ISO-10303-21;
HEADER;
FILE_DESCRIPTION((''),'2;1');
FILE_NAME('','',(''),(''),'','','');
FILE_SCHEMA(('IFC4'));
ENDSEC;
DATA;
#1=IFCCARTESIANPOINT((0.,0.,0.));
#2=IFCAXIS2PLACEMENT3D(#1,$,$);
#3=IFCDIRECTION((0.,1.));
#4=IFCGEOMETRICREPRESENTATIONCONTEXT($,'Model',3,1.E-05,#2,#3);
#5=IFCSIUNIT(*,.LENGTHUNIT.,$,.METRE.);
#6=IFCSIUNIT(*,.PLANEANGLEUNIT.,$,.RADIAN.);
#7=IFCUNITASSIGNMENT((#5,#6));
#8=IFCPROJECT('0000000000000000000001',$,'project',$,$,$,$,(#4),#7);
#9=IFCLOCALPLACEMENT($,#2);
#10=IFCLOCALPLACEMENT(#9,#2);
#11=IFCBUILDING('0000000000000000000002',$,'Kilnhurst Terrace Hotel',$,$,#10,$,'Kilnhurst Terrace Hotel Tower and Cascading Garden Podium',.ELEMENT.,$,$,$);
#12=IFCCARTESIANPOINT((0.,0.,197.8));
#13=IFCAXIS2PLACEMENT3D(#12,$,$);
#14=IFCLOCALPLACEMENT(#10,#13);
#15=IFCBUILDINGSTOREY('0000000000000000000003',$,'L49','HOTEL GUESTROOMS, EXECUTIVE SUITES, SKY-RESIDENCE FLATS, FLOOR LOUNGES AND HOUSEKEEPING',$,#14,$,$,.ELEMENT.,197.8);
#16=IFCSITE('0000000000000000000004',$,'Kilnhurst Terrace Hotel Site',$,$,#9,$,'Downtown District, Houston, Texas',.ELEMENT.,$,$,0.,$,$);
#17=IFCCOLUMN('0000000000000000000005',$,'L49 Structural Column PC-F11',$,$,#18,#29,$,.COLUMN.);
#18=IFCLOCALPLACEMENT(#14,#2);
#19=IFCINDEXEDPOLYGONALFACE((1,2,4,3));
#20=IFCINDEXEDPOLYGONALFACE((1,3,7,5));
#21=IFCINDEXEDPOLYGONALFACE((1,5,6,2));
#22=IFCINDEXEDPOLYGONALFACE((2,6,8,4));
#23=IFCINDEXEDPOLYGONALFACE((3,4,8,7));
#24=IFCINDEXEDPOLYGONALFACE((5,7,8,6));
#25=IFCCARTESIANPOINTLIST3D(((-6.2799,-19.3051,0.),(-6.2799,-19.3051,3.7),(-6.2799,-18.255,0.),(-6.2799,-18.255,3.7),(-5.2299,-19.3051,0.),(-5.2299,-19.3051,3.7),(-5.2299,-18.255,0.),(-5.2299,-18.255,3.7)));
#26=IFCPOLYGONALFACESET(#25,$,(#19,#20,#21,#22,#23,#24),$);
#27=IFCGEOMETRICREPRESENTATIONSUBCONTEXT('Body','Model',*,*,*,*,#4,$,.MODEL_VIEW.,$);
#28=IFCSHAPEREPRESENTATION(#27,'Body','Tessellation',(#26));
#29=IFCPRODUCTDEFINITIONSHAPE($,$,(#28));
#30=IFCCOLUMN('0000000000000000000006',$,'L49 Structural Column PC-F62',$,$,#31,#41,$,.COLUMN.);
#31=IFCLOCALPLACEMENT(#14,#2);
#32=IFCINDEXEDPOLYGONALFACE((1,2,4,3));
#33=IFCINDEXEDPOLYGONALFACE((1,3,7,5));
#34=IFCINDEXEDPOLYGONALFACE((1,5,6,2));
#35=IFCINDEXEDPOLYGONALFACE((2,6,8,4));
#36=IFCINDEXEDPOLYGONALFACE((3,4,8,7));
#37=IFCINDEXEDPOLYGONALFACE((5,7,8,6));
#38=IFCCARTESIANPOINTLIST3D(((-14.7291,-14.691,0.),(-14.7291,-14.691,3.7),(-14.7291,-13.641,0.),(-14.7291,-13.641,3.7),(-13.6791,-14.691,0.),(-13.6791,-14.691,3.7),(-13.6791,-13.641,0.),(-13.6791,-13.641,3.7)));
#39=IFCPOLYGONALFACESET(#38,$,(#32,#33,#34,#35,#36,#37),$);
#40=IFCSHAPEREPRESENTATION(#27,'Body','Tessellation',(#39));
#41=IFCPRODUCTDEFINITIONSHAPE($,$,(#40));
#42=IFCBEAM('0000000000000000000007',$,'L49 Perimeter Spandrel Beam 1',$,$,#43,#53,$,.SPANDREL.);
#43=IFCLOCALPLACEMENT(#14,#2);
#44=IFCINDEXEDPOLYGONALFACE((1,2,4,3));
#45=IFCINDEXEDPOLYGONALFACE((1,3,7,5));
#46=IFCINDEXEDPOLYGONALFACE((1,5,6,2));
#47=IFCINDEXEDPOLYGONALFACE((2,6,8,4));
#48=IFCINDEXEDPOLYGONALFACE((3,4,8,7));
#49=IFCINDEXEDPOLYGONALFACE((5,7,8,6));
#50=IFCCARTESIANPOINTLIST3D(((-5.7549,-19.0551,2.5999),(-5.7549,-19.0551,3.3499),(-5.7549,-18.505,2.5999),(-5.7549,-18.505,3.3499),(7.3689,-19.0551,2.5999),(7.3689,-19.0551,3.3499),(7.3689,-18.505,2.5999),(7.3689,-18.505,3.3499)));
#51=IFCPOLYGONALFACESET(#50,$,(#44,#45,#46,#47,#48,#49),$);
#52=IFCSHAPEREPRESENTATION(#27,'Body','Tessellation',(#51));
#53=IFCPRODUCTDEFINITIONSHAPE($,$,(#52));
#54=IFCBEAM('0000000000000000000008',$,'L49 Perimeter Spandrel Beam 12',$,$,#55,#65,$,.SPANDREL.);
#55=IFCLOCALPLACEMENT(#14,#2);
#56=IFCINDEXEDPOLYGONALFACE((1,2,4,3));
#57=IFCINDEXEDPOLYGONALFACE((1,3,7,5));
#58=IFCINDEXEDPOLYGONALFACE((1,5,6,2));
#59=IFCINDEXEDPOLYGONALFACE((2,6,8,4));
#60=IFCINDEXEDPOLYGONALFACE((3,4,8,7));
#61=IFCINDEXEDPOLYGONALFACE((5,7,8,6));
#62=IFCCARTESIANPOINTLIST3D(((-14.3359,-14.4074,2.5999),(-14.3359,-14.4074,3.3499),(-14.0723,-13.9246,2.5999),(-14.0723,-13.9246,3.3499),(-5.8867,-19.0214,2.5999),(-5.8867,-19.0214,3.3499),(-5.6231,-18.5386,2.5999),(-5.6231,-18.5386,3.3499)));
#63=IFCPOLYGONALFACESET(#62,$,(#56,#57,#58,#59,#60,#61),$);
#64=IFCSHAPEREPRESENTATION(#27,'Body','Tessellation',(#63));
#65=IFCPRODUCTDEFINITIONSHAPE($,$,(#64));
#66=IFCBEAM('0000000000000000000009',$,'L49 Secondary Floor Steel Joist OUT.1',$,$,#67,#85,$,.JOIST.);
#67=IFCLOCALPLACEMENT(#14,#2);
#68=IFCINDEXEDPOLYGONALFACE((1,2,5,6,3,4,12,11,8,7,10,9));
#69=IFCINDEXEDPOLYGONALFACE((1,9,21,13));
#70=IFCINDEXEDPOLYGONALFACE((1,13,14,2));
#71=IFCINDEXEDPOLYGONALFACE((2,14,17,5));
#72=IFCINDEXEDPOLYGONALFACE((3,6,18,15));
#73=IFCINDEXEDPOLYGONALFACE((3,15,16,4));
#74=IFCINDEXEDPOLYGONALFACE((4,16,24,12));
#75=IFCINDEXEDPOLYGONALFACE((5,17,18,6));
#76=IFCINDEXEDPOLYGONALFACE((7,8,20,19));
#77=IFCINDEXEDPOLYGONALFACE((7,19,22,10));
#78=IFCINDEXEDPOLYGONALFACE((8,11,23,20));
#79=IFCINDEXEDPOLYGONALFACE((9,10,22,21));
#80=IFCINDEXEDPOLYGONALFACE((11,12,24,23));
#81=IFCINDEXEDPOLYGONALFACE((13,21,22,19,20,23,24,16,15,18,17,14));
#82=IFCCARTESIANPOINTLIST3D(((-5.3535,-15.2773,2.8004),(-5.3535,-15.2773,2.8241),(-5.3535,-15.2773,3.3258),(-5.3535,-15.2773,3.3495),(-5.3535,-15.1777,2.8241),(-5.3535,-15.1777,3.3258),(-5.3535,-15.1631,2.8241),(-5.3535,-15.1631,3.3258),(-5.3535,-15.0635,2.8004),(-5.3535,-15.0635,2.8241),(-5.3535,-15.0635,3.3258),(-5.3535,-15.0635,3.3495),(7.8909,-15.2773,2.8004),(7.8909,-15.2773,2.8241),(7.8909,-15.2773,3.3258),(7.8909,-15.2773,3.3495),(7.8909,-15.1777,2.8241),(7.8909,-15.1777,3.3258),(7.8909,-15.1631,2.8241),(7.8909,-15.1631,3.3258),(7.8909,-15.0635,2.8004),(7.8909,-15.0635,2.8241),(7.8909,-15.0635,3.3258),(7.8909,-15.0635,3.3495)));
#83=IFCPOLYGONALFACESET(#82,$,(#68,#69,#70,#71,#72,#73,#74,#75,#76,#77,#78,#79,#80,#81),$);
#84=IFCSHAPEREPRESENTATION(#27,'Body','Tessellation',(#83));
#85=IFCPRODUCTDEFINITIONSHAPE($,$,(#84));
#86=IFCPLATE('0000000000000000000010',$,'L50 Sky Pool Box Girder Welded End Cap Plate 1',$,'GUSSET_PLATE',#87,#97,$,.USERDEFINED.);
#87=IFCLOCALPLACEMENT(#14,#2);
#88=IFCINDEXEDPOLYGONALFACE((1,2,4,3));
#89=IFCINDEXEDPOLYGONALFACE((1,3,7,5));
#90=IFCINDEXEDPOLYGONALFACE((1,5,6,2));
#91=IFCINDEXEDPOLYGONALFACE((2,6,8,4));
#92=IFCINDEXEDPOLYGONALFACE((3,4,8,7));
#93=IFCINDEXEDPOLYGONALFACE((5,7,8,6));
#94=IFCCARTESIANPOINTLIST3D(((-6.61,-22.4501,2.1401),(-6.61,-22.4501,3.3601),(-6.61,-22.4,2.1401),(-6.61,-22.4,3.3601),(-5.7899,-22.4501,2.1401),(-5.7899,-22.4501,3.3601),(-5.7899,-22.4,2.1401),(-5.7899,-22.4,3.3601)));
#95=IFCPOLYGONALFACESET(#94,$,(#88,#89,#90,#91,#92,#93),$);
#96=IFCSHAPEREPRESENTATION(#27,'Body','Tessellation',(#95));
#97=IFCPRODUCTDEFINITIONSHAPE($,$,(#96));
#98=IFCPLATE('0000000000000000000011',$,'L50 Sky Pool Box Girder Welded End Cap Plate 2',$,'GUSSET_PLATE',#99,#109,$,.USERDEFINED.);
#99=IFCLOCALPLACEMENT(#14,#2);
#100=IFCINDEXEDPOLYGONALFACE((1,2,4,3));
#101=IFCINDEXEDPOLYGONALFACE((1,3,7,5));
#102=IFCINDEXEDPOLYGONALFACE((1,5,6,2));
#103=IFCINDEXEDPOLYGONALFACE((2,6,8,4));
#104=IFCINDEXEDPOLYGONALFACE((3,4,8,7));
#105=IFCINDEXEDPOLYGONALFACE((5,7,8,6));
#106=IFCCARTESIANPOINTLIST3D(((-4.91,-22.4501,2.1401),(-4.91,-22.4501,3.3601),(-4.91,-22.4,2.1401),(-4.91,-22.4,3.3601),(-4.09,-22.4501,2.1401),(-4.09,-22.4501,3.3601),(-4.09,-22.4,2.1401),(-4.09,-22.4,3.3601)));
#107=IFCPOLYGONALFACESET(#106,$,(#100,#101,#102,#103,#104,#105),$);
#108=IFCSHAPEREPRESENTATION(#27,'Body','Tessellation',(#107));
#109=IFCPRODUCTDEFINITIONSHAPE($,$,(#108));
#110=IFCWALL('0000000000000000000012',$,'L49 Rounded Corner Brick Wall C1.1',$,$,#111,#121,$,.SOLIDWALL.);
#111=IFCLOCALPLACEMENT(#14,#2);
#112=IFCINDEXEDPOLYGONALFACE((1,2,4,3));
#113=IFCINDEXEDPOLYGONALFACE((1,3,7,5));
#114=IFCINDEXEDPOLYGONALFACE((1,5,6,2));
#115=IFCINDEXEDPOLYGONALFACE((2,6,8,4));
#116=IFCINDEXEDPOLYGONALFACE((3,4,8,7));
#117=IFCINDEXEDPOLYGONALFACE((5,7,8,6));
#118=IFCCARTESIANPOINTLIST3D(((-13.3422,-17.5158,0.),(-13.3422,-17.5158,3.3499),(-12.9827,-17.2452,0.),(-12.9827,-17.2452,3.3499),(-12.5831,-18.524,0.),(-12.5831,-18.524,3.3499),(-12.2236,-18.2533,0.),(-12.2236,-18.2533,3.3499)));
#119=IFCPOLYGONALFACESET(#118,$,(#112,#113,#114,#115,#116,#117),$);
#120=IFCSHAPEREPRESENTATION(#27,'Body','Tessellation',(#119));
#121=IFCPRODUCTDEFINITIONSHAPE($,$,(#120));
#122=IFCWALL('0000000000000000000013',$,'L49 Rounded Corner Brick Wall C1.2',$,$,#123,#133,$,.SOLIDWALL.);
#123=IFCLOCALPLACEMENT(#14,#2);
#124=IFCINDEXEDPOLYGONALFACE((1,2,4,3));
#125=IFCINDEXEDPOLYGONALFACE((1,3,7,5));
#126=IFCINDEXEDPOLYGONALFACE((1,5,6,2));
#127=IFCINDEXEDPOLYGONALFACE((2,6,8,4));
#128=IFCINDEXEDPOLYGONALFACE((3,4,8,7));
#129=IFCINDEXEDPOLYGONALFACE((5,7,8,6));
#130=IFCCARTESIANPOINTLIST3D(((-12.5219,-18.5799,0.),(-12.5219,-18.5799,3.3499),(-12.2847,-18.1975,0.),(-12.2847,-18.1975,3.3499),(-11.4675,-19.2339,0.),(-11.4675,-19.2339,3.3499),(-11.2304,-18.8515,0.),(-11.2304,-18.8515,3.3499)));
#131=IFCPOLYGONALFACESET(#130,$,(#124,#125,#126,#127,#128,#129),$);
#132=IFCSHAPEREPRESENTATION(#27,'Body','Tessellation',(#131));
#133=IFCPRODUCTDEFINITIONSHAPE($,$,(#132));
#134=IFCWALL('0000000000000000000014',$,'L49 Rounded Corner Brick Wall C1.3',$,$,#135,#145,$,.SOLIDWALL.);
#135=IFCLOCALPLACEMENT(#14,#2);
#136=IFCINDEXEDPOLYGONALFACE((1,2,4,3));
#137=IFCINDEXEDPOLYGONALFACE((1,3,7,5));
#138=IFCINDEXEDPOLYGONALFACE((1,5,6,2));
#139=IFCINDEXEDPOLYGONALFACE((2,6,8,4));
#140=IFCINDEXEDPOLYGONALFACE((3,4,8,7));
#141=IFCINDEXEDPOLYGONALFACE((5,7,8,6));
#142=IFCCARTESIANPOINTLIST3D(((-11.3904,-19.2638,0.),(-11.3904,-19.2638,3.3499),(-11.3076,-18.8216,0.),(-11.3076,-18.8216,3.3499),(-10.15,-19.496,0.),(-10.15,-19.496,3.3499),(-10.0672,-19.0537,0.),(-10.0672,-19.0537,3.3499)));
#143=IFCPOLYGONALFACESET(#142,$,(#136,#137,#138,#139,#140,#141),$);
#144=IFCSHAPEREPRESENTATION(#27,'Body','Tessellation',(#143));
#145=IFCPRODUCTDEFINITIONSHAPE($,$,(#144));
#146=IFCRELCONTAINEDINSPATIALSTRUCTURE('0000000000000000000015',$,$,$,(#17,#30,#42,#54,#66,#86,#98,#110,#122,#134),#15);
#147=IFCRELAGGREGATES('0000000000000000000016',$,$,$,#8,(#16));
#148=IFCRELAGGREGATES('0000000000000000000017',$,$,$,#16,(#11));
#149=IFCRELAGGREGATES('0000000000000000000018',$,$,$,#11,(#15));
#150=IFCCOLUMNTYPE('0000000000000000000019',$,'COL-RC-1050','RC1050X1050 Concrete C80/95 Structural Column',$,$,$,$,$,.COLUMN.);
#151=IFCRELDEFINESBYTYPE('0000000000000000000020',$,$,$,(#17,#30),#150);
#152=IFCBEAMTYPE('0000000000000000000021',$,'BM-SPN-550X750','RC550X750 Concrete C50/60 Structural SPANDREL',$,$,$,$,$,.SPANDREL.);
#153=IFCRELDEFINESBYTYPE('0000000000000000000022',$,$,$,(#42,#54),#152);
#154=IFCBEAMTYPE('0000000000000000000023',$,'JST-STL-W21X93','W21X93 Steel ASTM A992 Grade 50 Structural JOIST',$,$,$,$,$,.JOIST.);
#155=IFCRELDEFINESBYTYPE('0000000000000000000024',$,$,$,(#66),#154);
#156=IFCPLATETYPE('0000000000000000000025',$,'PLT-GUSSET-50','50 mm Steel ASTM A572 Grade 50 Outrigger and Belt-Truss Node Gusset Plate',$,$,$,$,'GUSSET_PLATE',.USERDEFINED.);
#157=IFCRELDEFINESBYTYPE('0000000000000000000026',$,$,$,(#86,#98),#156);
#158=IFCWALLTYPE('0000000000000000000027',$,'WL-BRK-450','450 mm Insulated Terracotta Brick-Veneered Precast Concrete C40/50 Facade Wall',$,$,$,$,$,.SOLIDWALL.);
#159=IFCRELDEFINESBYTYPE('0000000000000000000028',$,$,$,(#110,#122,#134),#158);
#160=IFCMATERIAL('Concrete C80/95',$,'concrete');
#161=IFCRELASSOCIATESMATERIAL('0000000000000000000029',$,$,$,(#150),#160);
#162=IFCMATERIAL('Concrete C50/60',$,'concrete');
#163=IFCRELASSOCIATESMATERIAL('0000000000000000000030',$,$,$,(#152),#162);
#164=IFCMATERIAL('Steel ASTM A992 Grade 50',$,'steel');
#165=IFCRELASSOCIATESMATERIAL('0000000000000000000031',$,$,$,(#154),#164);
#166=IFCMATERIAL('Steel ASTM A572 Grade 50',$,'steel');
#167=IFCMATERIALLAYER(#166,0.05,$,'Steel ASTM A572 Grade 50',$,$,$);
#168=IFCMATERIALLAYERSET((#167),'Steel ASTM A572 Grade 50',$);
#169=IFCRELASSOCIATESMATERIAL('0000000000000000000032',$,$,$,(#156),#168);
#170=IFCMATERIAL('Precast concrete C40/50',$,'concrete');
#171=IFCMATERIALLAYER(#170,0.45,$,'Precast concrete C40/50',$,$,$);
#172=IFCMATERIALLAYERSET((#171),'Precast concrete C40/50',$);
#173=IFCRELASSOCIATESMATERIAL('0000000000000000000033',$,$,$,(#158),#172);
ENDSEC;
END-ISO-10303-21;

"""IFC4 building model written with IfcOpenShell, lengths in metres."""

from ifc_helpers import new_model, si_unit, direction, frame, frame_2d, origin, origin_2d, place, context, subcontext, project, spatial, rectangle, i_section, extrude, material, layer, layer_set, material_profile, profile_set, type_object, element, save


model = new_model("IFC4")

# Units and contexts
model_context = context("Model", 3, precision=1e-05, world=origin(), true_north=direction((0.0, 1.0)))
body_context = subcontext(model_context, "Body", "Model", "MODEL_VIEW")
ifc_project = project(units=[si_unit("LENGTHUNIT", "METRE"), si_unit("PLANEANGLEUNIT", "RADIAN")], contexts=[model_context])

# Site, building, storey
site_placement = place(None, origin())
site = spatial("IfcSite", under=ifc_project, at=site_placement, Name="Kilnhurst Terrace Hotel Site", LongName="Downtown District, Houston, Texas", CompositionType="ELEMENT", RefElevation=0.0)
building_placement = place(site_placement, origin())
building = spatial("IfcBuilding", under=site, at=building_placement, Name="Kilnhurst Terrace Hotel", LongName="Kilnhurst Terrace Hotel Tower and Cascading Garden Podium", CompositionType="ELEMENT")
storey_placement = place(building_placement, frame((0.0, 0.0, 197.8)))
storey = spatial("IfcBuildingStorey", under=building, at=storey_placement, Name="L49", Description="HOTEL GUESTROOMS, EXECUTIVE SUITES, SKY-RESIDENCE FLATS, FLOOR LOUNGES AND HOUSEKEEPING", CompositionType="ELEMENT", Elevation=197.8)

# Columns
ifc_material_1 = material(Name="Concrete C80/95", Category="concrete")
ifc_material_profile_1 = material_profile(ifc_material_1, rectangle(XDim=1.05, YDim=1.05, at=origin_2d()), Name="RC1050X1050")
ifc_profile_set_1 = profile_set([ifc_material_profile_1], Name="Concrete C80/95")
column_type = type_object("IfcColumnType", Name="COL-RC-1050", Description="RC1050X1050 Concrete C80/95 Structural Column", PredefinedType="COLUMN", material=ifc_profile_set_1)
for number, where, z_axis, x_axis, name in (
    (1, (-5.7549, -18.78, 0.0), (0.0, 0.0, 1.0), (1.0, 0.0, 0.0), "L49 Structural Column PC-F11"),
    (2, (-14.2041, -14.166, 0.0), (0.0, 0.0, 1.0), (1.0, 0.0, 0.0), "L49 Structural Column PC-F62"),
):
    element("IfcColumn", number, at=place(storey_placement, frame(where, z_axis=z_axis, x_axis=x_axis)), inside=storey, type_object=column_type, Name=name, PredefinedType="COLUMN", context=body_context, shape_type="SweptSolid", body=[
        extrude(rectangle(XDim=1.05, YDim=1.05, at=origin_2d()), origin(), (0.0, 0.0, 1.0), 3.7),
    ])

# Beams
ifc_material_2 = material(Name="Concrete C50/60", Category="concrete")
ifc_material_profile_2 = material_profile(ifc_material_2, rectangle(XDim=0.55, YDim=0.75, at=origin_2d()), Name="RC550X750")
ifc_profile_set_2 = profile_set([ifc_material_profile_2], Name="Concrete C50/60")
beam_type_1 = type_object("IfcBeamType", Name="BM-SPN-550X750", Description="RC550X750 Concrete C50/60 Structural SPANDREL", PredefinedType="SPANDREL", material=ifc_profile_set_2)
beam_1_placement = place(storey_placement, frame((-5.7549, -18.78, 2.9749), z_axis=(1.0, 0.0, 0.0), x_axis=(0.0, 1.0, 0.0)))
element("IfcBeam", 3, at=beam_1_placement, inside=storey, type_object=beam_type_1, Name="L49 Perimeter Spandrel Beam 1", PredefinedType="SPANDREL", context=body_context, shape_type="SweptSolid", body=[
    extrude(rectangle(XDim=0.55, YDim=0.75, at=origin_2d()), origin(), (0.0, 0.0, 1.0), 13.1238),
])
beam_2_placement = place(storey_placement, frame((-14.2041, -14.166, 2.9749), z_axis=(0.877662, -0.47928, 0.0), x_axis=(0.47928, 0.877662, 0.0)))
element("IfcBeam", 4, at=beam_2_placement, inside=storey, type_object=beam_type_1, Name="L49 Perimeter Spandrel Beam 12", PredefinedType="SPANDREL", context=body_context, shape_type="SweptSolid", body=[
    extrude(rectangle(XDim=0.55, YDim=0.75, at=origin_2d()), origin(), (0.0, 0.0, 1.0), 9.627),
])
ifc_material_3 = material(Name="Steel ASTM A992 Grade 50", Category="steel")
ifc_material_profile_3 = material_profile(ifc_material_3, i_section(OverallWidth=0.2139, OverallDepth=0.5491, WebThickness=0.0146, FlangeThickness=0.0237, at=origin_2d()), Name="W21X93")
ifc_profile_set_3 = profile_set([ifc_material_profile_3], Name="Steel ASTM A992 Grade 50")
beam_type_2 = type_object("IfcBeamType", Name="JST-STL-W21X93", Description="W21X93 Steel ASTM A992 Grade 50 Structural JOIST", PredefinedType="JOIST", material=ifc_profile_set_3)
beam_3_placement = place(storey_placement, frame((-5.3535, -15.1704, 3.075), z_axis=(1.0, 0.0, 0.0), x_axis=(0.0, 1.0, 0.0)))
element("IfcBeam", 5, at=beam_3_placement, inside=storey, type_object=beam_type_2, Name="L49 Secondary Floor Steel Joist OUT.1", PredefinedType="JOIST", context=body_context, shape_type="SweptSolid", body=[
    extrude(i_section(OverallWidth=0.2139, OverallDepth=0.5491, WebThickness=0.0146, FlangeThickness=0.0237, at=origin_2d()), origin(), (0.0, 0.0, 1.0), 13.2444),
])

# Plates
ifc_material_4 = material(Name="Steel ASTM A572 Grade 50", Category="steel")
ifc_layer_1 = layer(ifc_material_4, 0.05, Name="Steel ASTM A572 Grade 50")
ifc_layer_set_1 = layer_set([ifc_layer_1], Name="Steel ASTM A572 Grade 50")
plate_type = type_object("IfcPlateType", Name="PLT-GUSSET-50", Description="50 mm Steel ASTM A572 Grade 50 Outrigger and Belt-Truss Node Gusset Plate", ElementType="GUSSET_PLATE", PredefinedType="USERDEFINED", material=ifc_layer_set_1)
for number, where, z_axis, x_axis, name in (
    (6, (-6.2, -22.425, 2.1401), (0.0, 0.0, 1.0), (1.0, 0.0, 0.0), "L50 Sky Pool Box Girder Welded End Cap Plate 1"),
    (7, (-4.5, -22.425, 2.1401), (0.0, 0.0, 1.0), (1.0, 0.0, 0.0), "L50 Sky Pool Box Girder Welded End Cap Plate 2"),
):
    element("IfcPlate", number, at=place(storey_placement, frame(where, z_axis=z_axis, x_axis=x_axis)), inside=storey, type_object=plate_type, Name=name, ObjectType="GUSSET_PLATE", PredefinedType="USERDEFINED", context=body_context, shape_type="SweptSolid", body=[
        extrude(rectangle(XDim=0.8201, YDim=0.05, at=origin_2d()), origin(), (0.0, 0.0, 1.0), 1.22),
    ])

# Walls
ifc_material_5 = material(Name="Precast concrete C40/50", Category="concrete")
ifc_layer_2 = layer(ifc_material_5, 0.45, Name="Precast concrete C40/50")
ifc_layer_set_2 = layer_set([ifc_layer_2], Name="Precast concrete C40/50")
wall_type_1 = type_object("IfcWallType", Name="WL-BRK-450", Description="450 mm Insulated Terracotta Brick-Veneered Precast Concrete C40/50 Facade Wall", PredefinedType="SOLIDWALL", material=ifc_layer_set_2)
wall_1_placement = place(storey_placement, frame((-13.1624, -17.3806, 0.0), z_axis=(0.0, 0.0, 1.0), x_axis=(0.601516, -0.798861, 0.0)))
element("IfcWall", 8, at=wall_1_placement, inside=storey, type_object=wall_type_1, Name="L49 Rounded Corner Brick Wall C1.1", PredefinedType="SOLIDWALL", context=body_context, shape_type="SweptSolid", body=[
    extrude(rectangle(XDim=1.262, YDim=0.45, at=frame_2d((0.6309, 0.0))), origin(), (0.0, 0.0, 1.0), 3.3499),
])
wall_2_placement = place(storey_placement, frame((-12.4033, -18.3887, 0.0), z_axis=(0.0, 0.0, 1.0), x_axis=(0.849795, -0.527113, 0.0)))
element("IfcWall", 9, at=wall_2_placement, inside=storey, type_object=wall_type_1, Name="L49 Rounded Corner Brick Wall C1.2", PredefinedType="SOLIDWALL", context=body_context, shape_type="SweptSolid", body=[
    extrude(rectangle(XDim=1.2407, YDim=0.45, at=frame_2d((0.6204, 0.0))), origin(), (0.0, 0.0, 1.0), 3.3499),
])
wall_3_placement = place(storey_placement, frame((-11.3489, -19.0427, 0.0), z_axis=(0.0, 0.0, 1.0), x_axis=(0.982931, -0.183973, 0.0)))
element("IfcWall", 10, at=wall_3_placement, inside=storey, type_object=wall_type_1, Name="L49 Rounded Corner Brick Wall C1.3", PredefinedType="SOLIDWALL", context=body_context, shape_type="SweptSolid", body=[
    extrude(rectangle(XDim=1.262, YDim=0.45, at=frame_2d((0.6309, 0.0))), origin(), (0.0, 0.0, 1.0), 3.3499),
])

save(model, "model.ifc")
